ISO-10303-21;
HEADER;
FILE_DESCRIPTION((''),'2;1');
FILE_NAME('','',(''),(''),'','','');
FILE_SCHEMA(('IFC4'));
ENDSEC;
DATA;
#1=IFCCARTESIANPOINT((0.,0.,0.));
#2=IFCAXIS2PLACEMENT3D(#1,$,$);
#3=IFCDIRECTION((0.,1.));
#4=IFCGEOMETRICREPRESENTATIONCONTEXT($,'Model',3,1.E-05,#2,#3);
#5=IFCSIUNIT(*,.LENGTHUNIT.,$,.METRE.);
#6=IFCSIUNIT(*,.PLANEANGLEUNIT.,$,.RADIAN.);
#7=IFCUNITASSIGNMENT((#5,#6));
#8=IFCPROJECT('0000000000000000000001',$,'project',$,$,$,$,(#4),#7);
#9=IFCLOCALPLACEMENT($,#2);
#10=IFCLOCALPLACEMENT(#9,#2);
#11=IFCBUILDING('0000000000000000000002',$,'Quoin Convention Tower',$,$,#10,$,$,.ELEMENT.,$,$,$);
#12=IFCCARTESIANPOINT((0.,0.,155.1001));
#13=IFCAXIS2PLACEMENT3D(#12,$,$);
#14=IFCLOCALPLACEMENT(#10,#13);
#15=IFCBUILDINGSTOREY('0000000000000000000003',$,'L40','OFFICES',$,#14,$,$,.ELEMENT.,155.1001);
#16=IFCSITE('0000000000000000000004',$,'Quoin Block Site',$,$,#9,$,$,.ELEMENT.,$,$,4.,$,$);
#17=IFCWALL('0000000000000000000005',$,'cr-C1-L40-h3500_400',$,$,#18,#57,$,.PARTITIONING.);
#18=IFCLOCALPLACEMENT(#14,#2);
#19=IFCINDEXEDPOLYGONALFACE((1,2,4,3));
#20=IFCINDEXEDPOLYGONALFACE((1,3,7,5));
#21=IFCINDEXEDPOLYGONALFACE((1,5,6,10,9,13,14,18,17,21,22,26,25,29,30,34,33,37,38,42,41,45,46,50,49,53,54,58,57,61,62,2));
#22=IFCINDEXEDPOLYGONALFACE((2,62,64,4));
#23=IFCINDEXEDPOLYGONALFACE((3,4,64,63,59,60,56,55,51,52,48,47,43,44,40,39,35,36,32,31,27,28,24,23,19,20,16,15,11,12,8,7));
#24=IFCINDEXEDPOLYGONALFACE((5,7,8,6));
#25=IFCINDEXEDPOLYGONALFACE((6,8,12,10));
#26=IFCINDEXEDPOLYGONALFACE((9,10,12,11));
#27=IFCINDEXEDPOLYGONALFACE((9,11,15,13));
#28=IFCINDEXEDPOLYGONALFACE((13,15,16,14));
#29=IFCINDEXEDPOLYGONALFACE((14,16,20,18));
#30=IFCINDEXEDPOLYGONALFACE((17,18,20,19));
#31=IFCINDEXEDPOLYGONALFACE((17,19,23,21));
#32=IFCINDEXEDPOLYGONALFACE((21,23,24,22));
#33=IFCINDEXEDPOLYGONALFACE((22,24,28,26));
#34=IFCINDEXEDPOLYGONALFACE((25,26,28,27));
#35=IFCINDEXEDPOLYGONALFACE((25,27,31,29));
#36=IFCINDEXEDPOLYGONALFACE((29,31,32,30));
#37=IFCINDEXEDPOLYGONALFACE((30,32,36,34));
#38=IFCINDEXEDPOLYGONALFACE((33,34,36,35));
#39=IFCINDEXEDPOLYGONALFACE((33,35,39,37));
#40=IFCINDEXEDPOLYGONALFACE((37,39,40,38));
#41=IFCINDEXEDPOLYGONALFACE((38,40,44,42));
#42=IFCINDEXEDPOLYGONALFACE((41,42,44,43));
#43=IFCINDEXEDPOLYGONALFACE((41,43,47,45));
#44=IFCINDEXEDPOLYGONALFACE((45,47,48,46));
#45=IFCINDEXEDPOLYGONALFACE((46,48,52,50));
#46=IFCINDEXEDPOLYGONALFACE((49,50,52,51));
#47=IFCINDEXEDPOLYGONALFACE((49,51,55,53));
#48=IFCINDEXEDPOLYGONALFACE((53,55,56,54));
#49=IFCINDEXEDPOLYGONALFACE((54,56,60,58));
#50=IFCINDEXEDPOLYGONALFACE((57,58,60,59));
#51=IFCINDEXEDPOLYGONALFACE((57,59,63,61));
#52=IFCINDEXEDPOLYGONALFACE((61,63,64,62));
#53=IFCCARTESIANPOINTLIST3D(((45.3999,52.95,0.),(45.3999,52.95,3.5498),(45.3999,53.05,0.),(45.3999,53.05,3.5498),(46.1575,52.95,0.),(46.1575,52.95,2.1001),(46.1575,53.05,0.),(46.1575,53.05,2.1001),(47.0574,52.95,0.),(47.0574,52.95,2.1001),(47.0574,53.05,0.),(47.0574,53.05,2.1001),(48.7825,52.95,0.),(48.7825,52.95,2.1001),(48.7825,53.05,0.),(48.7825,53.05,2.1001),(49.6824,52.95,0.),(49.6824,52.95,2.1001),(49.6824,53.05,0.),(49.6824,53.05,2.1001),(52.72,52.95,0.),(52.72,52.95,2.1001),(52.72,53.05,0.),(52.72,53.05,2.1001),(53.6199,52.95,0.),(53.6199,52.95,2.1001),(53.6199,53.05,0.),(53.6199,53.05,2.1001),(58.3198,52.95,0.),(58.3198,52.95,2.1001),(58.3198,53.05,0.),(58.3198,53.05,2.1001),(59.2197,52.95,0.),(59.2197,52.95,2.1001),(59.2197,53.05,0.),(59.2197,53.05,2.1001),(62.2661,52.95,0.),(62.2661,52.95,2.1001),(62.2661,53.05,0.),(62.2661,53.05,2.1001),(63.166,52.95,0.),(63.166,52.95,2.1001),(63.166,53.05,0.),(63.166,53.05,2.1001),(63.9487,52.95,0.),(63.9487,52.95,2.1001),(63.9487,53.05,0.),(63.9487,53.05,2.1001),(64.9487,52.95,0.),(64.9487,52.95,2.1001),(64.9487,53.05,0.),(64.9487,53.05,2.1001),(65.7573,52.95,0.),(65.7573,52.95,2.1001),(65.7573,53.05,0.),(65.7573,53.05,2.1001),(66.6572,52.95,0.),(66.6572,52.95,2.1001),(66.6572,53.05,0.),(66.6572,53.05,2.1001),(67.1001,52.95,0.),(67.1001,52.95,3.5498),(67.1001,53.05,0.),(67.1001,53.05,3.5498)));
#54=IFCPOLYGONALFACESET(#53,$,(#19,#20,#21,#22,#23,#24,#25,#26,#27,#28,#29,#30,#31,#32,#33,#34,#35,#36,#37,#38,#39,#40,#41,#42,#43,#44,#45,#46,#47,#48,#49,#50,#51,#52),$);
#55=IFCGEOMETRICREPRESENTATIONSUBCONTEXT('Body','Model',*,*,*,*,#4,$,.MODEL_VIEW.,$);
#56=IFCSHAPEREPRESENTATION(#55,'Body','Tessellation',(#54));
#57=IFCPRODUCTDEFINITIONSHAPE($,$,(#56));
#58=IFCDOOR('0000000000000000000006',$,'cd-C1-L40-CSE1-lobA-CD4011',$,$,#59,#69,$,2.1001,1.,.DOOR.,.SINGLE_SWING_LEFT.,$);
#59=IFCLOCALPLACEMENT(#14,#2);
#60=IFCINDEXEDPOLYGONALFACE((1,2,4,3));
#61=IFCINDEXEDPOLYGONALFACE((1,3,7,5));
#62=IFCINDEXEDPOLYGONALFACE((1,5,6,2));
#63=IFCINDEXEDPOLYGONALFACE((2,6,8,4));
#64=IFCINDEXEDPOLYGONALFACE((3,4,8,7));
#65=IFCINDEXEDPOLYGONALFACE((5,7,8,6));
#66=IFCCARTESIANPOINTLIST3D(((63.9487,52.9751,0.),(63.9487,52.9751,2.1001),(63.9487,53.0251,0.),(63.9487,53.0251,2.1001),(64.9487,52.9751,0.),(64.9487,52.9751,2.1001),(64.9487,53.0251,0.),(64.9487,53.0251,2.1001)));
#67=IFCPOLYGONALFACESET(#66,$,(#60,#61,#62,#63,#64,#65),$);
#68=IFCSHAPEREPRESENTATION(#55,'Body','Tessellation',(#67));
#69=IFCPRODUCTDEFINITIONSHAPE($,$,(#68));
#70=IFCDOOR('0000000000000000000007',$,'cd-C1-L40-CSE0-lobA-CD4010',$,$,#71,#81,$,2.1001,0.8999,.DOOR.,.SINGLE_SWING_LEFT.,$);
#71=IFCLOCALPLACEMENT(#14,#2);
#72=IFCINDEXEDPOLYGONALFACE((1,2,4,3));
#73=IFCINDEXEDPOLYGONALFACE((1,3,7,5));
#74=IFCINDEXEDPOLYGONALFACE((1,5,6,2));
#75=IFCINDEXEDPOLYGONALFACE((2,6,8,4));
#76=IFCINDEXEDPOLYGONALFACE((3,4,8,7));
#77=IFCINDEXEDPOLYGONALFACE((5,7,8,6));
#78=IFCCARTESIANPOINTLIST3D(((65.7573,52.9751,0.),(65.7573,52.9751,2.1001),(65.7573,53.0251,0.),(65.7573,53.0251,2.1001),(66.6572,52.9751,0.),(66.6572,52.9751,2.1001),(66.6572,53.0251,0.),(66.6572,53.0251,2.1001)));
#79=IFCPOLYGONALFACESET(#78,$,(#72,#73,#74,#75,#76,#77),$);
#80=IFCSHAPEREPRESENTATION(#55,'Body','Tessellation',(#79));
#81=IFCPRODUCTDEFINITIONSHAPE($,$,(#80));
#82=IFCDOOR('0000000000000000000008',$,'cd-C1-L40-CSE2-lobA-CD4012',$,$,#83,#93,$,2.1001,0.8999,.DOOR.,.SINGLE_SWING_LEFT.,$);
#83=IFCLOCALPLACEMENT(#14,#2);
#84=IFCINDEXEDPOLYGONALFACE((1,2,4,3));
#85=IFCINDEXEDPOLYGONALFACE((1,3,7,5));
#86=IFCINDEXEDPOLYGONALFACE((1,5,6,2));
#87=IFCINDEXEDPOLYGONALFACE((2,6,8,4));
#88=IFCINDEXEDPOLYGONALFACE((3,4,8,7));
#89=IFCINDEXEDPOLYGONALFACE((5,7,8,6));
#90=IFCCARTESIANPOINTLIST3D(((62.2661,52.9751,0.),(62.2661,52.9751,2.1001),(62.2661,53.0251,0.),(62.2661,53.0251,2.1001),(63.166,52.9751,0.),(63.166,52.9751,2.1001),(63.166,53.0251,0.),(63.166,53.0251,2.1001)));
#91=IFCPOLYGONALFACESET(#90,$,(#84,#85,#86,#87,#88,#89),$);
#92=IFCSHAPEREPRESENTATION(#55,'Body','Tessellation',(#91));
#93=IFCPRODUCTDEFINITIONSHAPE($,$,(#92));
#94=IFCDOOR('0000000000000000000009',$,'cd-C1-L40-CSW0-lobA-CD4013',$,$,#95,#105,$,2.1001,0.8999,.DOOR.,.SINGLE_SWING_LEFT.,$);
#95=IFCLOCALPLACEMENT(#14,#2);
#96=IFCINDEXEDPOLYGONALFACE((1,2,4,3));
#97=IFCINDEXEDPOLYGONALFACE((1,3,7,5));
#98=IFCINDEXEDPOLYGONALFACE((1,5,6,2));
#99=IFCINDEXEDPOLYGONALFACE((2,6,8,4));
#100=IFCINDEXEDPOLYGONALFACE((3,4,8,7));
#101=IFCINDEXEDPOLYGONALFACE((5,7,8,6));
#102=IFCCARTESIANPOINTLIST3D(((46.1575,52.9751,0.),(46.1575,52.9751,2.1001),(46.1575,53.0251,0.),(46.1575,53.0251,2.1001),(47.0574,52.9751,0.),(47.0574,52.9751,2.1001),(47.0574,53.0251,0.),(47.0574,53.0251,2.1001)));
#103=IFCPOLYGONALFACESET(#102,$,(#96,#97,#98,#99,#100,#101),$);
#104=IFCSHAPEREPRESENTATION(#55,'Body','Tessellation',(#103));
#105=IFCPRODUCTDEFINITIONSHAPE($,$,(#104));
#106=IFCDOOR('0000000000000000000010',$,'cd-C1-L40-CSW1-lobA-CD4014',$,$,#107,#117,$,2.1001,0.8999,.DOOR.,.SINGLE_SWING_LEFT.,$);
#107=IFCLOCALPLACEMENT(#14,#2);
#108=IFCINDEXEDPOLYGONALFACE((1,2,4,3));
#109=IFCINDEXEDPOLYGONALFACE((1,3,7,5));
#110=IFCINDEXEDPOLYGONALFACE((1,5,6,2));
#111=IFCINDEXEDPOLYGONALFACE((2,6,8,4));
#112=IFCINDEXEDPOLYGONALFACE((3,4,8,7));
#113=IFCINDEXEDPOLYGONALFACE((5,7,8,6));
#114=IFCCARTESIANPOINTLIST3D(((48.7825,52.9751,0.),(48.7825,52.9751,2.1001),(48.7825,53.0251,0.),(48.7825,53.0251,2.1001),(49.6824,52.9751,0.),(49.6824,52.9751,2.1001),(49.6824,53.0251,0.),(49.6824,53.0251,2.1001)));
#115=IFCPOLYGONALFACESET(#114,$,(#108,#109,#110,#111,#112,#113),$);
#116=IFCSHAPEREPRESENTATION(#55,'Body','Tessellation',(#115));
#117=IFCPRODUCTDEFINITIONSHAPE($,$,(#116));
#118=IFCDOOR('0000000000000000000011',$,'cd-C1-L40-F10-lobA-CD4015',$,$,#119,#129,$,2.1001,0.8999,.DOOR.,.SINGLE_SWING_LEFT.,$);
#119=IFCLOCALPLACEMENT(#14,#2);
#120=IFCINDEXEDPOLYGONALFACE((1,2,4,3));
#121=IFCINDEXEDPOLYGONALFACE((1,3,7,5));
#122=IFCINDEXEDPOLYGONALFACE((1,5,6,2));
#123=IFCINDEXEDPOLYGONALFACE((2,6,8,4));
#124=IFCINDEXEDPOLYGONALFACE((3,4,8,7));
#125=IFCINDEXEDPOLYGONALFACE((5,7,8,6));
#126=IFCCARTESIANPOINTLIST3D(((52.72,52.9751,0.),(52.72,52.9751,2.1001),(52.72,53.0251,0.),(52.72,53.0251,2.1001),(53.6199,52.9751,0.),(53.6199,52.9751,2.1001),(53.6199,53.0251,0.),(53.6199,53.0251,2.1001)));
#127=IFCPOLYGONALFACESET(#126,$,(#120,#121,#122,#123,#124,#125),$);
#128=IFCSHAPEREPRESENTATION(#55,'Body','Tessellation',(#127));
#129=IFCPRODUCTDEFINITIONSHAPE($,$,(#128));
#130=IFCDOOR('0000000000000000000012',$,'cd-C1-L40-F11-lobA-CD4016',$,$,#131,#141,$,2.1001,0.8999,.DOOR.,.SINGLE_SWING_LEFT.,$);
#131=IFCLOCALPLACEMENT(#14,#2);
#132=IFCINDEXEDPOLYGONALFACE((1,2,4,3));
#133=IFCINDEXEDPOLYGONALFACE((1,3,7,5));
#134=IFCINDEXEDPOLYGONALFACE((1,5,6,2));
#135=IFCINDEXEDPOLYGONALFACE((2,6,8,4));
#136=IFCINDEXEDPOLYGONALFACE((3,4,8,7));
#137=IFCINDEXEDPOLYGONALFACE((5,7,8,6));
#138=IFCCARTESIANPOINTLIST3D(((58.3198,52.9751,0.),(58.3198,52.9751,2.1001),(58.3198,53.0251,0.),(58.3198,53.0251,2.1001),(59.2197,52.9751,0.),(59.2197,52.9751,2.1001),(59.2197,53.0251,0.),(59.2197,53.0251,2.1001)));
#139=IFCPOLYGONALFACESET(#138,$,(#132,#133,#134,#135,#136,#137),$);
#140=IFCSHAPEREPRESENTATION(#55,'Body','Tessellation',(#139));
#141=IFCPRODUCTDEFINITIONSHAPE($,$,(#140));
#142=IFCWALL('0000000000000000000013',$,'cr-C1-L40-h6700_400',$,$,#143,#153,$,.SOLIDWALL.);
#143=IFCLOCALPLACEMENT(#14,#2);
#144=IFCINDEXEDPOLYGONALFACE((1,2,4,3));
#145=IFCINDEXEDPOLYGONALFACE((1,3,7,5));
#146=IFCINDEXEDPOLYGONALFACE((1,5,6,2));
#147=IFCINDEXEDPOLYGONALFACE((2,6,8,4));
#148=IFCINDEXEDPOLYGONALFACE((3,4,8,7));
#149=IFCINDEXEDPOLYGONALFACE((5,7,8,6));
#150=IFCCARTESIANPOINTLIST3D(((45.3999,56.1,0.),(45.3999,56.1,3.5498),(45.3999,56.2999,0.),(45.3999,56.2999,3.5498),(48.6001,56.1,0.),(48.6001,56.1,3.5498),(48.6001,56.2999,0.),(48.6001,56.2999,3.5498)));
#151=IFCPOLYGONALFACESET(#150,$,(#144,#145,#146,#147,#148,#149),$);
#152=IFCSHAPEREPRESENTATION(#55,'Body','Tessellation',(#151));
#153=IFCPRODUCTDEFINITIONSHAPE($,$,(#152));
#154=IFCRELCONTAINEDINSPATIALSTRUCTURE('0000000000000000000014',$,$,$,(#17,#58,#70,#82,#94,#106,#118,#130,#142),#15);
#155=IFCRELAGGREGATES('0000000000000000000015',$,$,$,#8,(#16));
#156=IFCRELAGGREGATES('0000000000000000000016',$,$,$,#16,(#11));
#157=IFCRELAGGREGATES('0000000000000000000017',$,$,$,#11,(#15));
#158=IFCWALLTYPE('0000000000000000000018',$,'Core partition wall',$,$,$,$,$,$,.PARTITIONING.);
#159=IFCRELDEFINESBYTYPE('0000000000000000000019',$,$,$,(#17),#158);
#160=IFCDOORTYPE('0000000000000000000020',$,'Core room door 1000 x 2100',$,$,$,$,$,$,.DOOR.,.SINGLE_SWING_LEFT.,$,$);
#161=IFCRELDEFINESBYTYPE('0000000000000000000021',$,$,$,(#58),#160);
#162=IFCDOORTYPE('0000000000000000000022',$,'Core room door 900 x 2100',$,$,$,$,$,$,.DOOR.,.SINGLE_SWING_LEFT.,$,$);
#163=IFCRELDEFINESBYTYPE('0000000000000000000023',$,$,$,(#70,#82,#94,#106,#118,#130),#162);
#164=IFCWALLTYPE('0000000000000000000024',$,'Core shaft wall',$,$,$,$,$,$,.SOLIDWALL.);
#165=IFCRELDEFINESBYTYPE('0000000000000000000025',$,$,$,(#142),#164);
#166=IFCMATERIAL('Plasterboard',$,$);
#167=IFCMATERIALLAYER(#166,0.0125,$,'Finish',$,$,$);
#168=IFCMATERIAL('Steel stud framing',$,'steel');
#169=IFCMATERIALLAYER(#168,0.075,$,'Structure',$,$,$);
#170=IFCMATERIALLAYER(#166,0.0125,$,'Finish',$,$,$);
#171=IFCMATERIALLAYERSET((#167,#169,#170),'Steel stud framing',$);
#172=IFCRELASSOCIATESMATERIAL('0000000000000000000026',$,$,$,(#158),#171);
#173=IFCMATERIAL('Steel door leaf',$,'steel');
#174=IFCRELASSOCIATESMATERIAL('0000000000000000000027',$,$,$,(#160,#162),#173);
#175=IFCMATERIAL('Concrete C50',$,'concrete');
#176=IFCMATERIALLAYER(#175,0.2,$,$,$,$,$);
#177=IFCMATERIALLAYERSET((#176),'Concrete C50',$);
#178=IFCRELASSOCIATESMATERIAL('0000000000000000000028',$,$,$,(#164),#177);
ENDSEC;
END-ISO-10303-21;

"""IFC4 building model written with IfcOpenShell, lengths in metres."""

from ifc_helpers import new_model, si_unit, direction, frame, frame_2d, origin, place, context, subcontext, project, spatial, rectangle, extrude, material, layer, layer_set, type_object, element, fill, save


model = new_model("IFC4")

# Units and contexts
model_context = context("Model", 3, precision=1e-05, world=origin(), true_north=direction((0.0, 1.0)))
body_context = subcontext(model_context, "Body", "Model", "MODEL_VIEW")
ifc_project = project(units=[si_unit("LENGTHUNIT", "METRE"), si_unit("PLANEANGLEUNIT", "RADIAN")], contexts=[model_context])

# Site, building, storey
site_placement = place(None, origin())
site = spatial("IfcSite", under=ifc_project, at=site_placement, Name="Quoin Block Site", CompositionType="ELEMENT", RefElevation=4.0)
building_placement = place(site_placement, origin())
building = spatial("IfcBuilding", under=site, at=building_placement, Name="Quoin Convention Tower", CompositionType="ELEMENT")
storey_placement = place(building_placement, frame((0.0, 0.0, 155.1001)))
storey = spatial("IfcBuildingStorey", under=building, at=storey_placement, Name="L40", Description="OFFICES", CompositionType="ELEMENT", Elevation=155.1001)

# Wall, openings, doors
ifc_material_1 = material(Name="Plasterboard")
ifc_layer_1 = layer(ifc_material_1, 0.0125, Name="Finish")
ifc_material_2 = material(Name="Steel stud framing", Category="steel")
ifc_layer_2 = layer(ifc_material_2, 0.075, Name="Structure")
ifc_layer_3 = layer(ifc_material_1, 0.0125, Name="Finish")
ifc_layer_set_1 = layer_set([ifc_layer_1, ifc_layer_2, ifc_layer_3], Name="Steel stud framing")
wall_type_1 = type_object("IfcWallType", Name="Core partition wall", PredefinedType="PARTITIONING", material=ifc_layer_set_1)
wall_1_placement = place(storey_placement, frame((45.3999, 53.0, 0.0), z_axis=(0.0, 0.0, 1.0), x_axis=(1.0, 0.0, 0.0)))
wall_1 = element("IfcWall", 1, at=wall_1_placement, inside=storey, type_object=wall_type_1, Name="cr-C1-L40-h3500_400", PredefinedType="PARTITIONING", context=body_context, shape_type="SweptSolid", body=[
    extrude(rectangle(XDim=21.7002, YDim=0.1001, at=frame_2d((10.8501, 0.0))), origin(), (0.0, 0.0, 1.0), 3.5498),
])
opening_1_placement = place(wall_1_placement, frame((20.3574, 0.0, 0.0)))
opening_1 = element("IfcOpeningElement", 2, at=opening_1_placement, cuts=wall_1, PredefinedType="OPENING", context=body_context, shape_type="SweptSolid", body=[
    extrude(rectangle(XDim=0.8999, YDim=2.1001, at=frame_2d((0.45, 1.05))), frame((0.0, 0.0601, 0.0), z_axis=(0.0, -1.0, 0.0), x_axis=(1.0, 0.0, 0.0)), (0.0, 0.0, 1.0), 0.1201),
])
opening_2_placement = place(wall_1_placement, frame((18.5488, 0.0, 0.0)))
opening_2 = element("IfcOpeningElement", 3, at=opening_2_placement, cuts=wall_1, PredefinedType="OPENING", context=body_context, shape_type="SweptSolid", body=[
    extrude(rectangle(XDim=1.0, YDim=2.1001, at=frame_2d((0.5, 1.05))), frame((0.0, 0.0601, 0.0), z_axis=(0.0, -1.0, 0.0), x_axis=(1.0, 0.0, 0.0)), (0.0, 0.0, 1.0), 0.1201),
])
opening_3_placement = place(wall_1_placement, frame((16.8662, 0.0, 0.0)))
opening_3 = element("IfcOpeningElement", 4, at=opening_3_placement, cuts=wall_1, PredefinedType="OPENING", context=body_context, shape_type="SweptSolid", body=[
    extrude(rectangle(XDim=0.8999, YDim=2.1001, at=frame_2d((0.45, 1.05))), frame((0.0, 0.0601, 0.0), z_axis=(0.0, -1.0, 0.0), x_axis=(1.0, 0.0, 0.0)), (0.0, 0.0, 1.0), 0.1201),
])
opening_4_placement = place(wall_1_placement, frame((0.7576, 0.0, 0.0)))
opening_4 = element("IfcOpeningElement", 5, at=opening_4_placement, cuts=wall_1, PredefinedType="OPENING", context=body_context, shape_type="SweptSolid", body=[
    extrude(rectangle(XDim=0.8999, YDim=2.1001, at=frame_2d((0.45, 1.05))), frame((0.0, 0.0601, 0.0), z_axis=(0.0, -1.0, 0.0), x_axis=(1.0, 0.0, 0.0)), (0.0, 0.0, 1.0), 0.1201),
])
opening_5_placement = place(wall_1_placement, frame((3.3826, 0.0, 0.0)))
opening_5 = element("IfcOpeningElement", 6, at=opening_5_placement, cuts=wall_1, PredefinedType="OPENING", context=body_context, shape_type="SweptSolid", body=[
    extrude(rectangle(XDim=0.8999, YDim=2.1001, at=frame_2d((0.45, 1.05))), frame((0.0, 0.0601, 0.0), z_axis=(0.0, -1.0, 0.0), x_axis=(1.0, 0.0, 0.0)), (0.0, 0.0, 1.0), 0.1201),
])
opening_6_placement = place(wall_1_placement, frame((7.3201, 0.0, 0.0)))
opening_6 = element("IfcOpeningElement", 7, at=opening_6_placement, cuts=wall_1, PredefinedType="OPENING", context=body_context, shape_type="SweptSolid", body=[
    extrude(rectangle(XDim=0.8999, YDim=2.1001, at=frame_2d((0.45, 1.05))), frame((0.0, 0.0601, 0.0), z_axis=(0.0, -1.0, 0.0), x_axis=(1.0, 0.0, 0.0)), (0.0, 0.0, 1.0), 0.1201),
])
opening_7_placement = place(wall_1_placement, frame((12.9199, 0.0, 0.0)))
opening_7 = element("IfcOpeningElement", 8, at=opening_7_placement, cuts=wall_1, PredefinedType="OPENING", context=body_context, shape_type="SweptSolid", body=[
    extrude(rectangle(XDim=0.8999, YDim=2.1001, at=frame_2d((0.45, 1.05))), frame((0.0, 0.0601, 0.0), z_axis=(0.0, -1.0, 0.0), x_axis=(1.0, 0.0, 0.0)), (0.0, 0.0, 1.0), 0.1201),
])
ifc_material_3 = material(Name="Steel door leaf", Category="steel")
door_type_1 = type_object("IfcDoorType", Name="Core room door 1000 x 2100", OperationType="SINGLE_SWING_LEFT", PredefinedType="DOOR", material=ifc_material_3)
door_1_placement = place(opening_2_placement, frame((1.0, 0.0, 0.0), z_axis=(0.0, 0.0, 1.0), x_axis=(-1.0, 0.0, 0.0)))
door_1 = element("IfcDoor", 9, at=door_1_placement, inside=storey, type_object=door_type_1, Name="cd-C1-L40-CSE1-lobA-CD4011", OperationType="SINGLE_SWING_LEFT", OverallHeight=2.1001, OverallWidth=1.0, PredefinedType="DOOR", context=body_context, shape_type="SweptSolid", body=[
    extrude(rectangle(XDim=1.0, YDim=2.1001, at=frame_2d((0.5, 1.05))), frame((0.0, 0.0249, 0.0), z_axis=(0.0, -1.0, 0.0), x_axis=(1.0, 0.0, 0.0)), (0.0, 0.0, 1.0), 0.05),
])
fill(opening_2, door_1)
door_type_2 = type_object("IfcDoorType", Name="Core room door 900 x 2100", OperationType="SINGLE_SWING_LEFT", PredefinedType="DOOR", material=ifc_material_3)
door_2_placement = place(opening_1_placement, frame((0.8999, 0.0, 0.0), z_axis=(0.0, 0.0, 1.0), x_axis=(-1.0, 0.0, 0.0)))
door_2 = element("IfcDoor", 10, at=door_2_placement, inside=storey, type_object=door_type_2, Name="cd-C1-L40-CSE0-lobA-CD4010", OperationType="SINGLE_SWING_LEFT", OverallHeight=2.1001, OverallWidth=0.8999, PredefinedType="DOOR", context=body_context, shape_type="SweptSolid", body=[
    extrude(rectangle(XDim=0.8999, YDim=2.1001, at=frame_2d((0.45, 1.05))), frame((0.0, 0.0249, 0.0), z_axis=(0.0, -1.0, 0.0), x_axis=(1.0, 0.0, 0.0)), (0.0, 0.0, 1.0), 0.05),
])
fill(opening_1, door_2)
door_3_placement = place(opening_3_placement, frame((0.8999, 0.0, 0.0), z_axis=(0.0, 0.0, 1.0), x_axis=(-1.0, 0.0, 0.0)))
door_3 = element("IfcDoor", 11, at=door_3_placement, inside=storey, type_object=door_type_2, Name="cd-C1-L40-CSE2-lobA-CD4012", OperationType="SINGLE_SWING_LEFT", OverallHeight=2.1001, OverallWidth=0.8999, PredefinedType="DOOR", context=body_context, shape_type="SweptSolid", body=[
    extrude(rectangle(XDim=0.8999, YDim=2.1001, at=frame_2d((0.45, 1.05))), frame((0.0, 0.0249, 0.0), z_axis=(0.0, -1.0, 0.0), x_axis=(1.0, 0.0, 0.0)), (0.0, 0.0, 1.0), 0.05),
])
fill(opening_3, door_3)
door_4_placement = place(opening_4_placement, frame((0.8999, 0.0, 0.0), z_axis=(0.0, 0.0, 1.0), x_axis=(-1.0, 0.0, 0.0)))
door_4 = element("IfcDoor", 12, at=door_4_placement, inside=storey, type_object=door_type_2, Name="cd-C1-L40-CSW0-lobA-CD4013", OperationType="SINGLE_SWING_LEFT", OverallHeight=2.1001, OverallWidth=0.8999, PredefinedType="DOOR", context=body_context, shape_type="SweptSolid", body=[
    extrude(rectangle(XDim=0.8999, YDim=2.1001, at=frame_2d((0.45, 1.05))), frame((0.0, 0.0249, 0.0), z_axis=(0.0, -1.0, 0.0), x_axis=(1.0, 0.0, 0.0)), (0.0, 0.0, 1.0), 0.05),
])
fill(opening_4, door_4)
door_5_placement = place(opening_5_placement, frame((0.8999, 0.0, 0.0), z_axis=(0.0, 0.0, 1.0), x_axis=(-1.0, 0.0, 0.0)))
door_5 = element("IfcDoor", 13, at=door_5_placement, inside=storey, type_object=door_type_2, Name="cd-C1-L40-CSW1-lobA-CD4014", OperationType="SINGLE_SWING_LEFT", OverallHeight=2.1001, OverallWidth=0.8999, PredefinedType="DOOR", context=body_context, shape_type="SweptSolid", body=[
    extrude(rectangle(XDim=0.8999, YDim=2.1001, at=frame_2d((0.45, 1.05))), frame((0.0, 0.0249, 0.0), z_axis=(0.0, -1.0, 0.0), x_axis=(1.0, 0.0, 0.0)), (0.0, 0.0, 1.0), 0.05),
])
fill(opening_5, door_5)
door_6_placement = place(opening_6_placement, frame((0.8999, 0.0, 0.0), z_axis=(0.0, 0.0, 1.0), x_axis=(-1.0, 0.0, 0.0)))
door_6 = element("IfcDoor", 14, at=door_6_placement, inside=storey, type_object=door_type_2, Name="cd-C1-L40-F10-lobA-CD4015", OperationType="SINGLE_SWING_LEFT", OverallHeight=2.1001, OverallWidth=0.8999, PredefinedType="DOOR", context=body_context, shape_type="SweptSolid", body=[
    extrude(rectangle(XDim=0.8999, YDim=2.1001, at=frame_2d((0.45, 1.05))), frame((0.0, 0.0249, 0.0), z_axis=(0.0, -1.0, 0.0), x_axis=(1.0, 0.0, 0.0)), (0.0, 0.0, 1.0), 0.05),
])
fill(opening_6, door_6)
door_7_placement = place(opening_7_placement, frame((0.8999, 0.0, 0.0), z_axis=(0.0, 0.0, 1.0), x_axis=(-1.0, 0.0, 0.0)))
door_7 = element("IfcDoor", 15, at=door_7_placement, inside=storey, type_object=door_type_2, Name="cd-C1-L40-F11-lobA-CD4016", OperationType="SINGLE_SWING_LEFT", OverallHeight=2.1001, OverallWidth=0.8999, PredefinedType="DOOR", context=body_context, shape_type="SweptSolid", body=[
    extrude(rectangle(XDim=0.8999, YDim=2.1001, at=frame_2d((0.45, 1.05))), frame((0.0, 0.0249, 0.0), z_axis=(0.0, -1.0, 0.0), x_axis=(1.0, 0.0, 0.0)), (0.0, 0.0, 1.0), 0.05),
])
fill(opening_7, door_7)

# Wall
ifc_material_4 = material(Name="Concrete C50", Category="concrete")
ifc_layer_4 = layer(ifc_material_4, 0.2)
ifc_layer_set_2 = layer_set([ifc_layer_4], Name="Concrete C50")
wall_type_2 = type_object("IfcWallType", Name="Core shaft wall", PredefinedType="SOLIDWALL", material=ifc_layer_set_2)
wall_2_placement = place(storey_placement, frame((45.3999, 56.2, 0.0), z_axis=(0.0, 0.0, 1.0), x_axis=(1.0, 0.0, 0.0)))
element("IfcWall", 16, at=wall_2_placement, inside=storey, type_object=wall_type_2, Name="cr-C1-L40-h6700_400", PredefinedType="SOLIDWALL", context=body_context, shape_type="SweptSolid", body=[
    extrude(rectangle(XDim=3.2002, YDim=0.2, at=frame_2d((1.6001, 0.0))), origin(), (0.0, 0.0, 1.0), 3.5498),
])

save(model, "model.ifc")
